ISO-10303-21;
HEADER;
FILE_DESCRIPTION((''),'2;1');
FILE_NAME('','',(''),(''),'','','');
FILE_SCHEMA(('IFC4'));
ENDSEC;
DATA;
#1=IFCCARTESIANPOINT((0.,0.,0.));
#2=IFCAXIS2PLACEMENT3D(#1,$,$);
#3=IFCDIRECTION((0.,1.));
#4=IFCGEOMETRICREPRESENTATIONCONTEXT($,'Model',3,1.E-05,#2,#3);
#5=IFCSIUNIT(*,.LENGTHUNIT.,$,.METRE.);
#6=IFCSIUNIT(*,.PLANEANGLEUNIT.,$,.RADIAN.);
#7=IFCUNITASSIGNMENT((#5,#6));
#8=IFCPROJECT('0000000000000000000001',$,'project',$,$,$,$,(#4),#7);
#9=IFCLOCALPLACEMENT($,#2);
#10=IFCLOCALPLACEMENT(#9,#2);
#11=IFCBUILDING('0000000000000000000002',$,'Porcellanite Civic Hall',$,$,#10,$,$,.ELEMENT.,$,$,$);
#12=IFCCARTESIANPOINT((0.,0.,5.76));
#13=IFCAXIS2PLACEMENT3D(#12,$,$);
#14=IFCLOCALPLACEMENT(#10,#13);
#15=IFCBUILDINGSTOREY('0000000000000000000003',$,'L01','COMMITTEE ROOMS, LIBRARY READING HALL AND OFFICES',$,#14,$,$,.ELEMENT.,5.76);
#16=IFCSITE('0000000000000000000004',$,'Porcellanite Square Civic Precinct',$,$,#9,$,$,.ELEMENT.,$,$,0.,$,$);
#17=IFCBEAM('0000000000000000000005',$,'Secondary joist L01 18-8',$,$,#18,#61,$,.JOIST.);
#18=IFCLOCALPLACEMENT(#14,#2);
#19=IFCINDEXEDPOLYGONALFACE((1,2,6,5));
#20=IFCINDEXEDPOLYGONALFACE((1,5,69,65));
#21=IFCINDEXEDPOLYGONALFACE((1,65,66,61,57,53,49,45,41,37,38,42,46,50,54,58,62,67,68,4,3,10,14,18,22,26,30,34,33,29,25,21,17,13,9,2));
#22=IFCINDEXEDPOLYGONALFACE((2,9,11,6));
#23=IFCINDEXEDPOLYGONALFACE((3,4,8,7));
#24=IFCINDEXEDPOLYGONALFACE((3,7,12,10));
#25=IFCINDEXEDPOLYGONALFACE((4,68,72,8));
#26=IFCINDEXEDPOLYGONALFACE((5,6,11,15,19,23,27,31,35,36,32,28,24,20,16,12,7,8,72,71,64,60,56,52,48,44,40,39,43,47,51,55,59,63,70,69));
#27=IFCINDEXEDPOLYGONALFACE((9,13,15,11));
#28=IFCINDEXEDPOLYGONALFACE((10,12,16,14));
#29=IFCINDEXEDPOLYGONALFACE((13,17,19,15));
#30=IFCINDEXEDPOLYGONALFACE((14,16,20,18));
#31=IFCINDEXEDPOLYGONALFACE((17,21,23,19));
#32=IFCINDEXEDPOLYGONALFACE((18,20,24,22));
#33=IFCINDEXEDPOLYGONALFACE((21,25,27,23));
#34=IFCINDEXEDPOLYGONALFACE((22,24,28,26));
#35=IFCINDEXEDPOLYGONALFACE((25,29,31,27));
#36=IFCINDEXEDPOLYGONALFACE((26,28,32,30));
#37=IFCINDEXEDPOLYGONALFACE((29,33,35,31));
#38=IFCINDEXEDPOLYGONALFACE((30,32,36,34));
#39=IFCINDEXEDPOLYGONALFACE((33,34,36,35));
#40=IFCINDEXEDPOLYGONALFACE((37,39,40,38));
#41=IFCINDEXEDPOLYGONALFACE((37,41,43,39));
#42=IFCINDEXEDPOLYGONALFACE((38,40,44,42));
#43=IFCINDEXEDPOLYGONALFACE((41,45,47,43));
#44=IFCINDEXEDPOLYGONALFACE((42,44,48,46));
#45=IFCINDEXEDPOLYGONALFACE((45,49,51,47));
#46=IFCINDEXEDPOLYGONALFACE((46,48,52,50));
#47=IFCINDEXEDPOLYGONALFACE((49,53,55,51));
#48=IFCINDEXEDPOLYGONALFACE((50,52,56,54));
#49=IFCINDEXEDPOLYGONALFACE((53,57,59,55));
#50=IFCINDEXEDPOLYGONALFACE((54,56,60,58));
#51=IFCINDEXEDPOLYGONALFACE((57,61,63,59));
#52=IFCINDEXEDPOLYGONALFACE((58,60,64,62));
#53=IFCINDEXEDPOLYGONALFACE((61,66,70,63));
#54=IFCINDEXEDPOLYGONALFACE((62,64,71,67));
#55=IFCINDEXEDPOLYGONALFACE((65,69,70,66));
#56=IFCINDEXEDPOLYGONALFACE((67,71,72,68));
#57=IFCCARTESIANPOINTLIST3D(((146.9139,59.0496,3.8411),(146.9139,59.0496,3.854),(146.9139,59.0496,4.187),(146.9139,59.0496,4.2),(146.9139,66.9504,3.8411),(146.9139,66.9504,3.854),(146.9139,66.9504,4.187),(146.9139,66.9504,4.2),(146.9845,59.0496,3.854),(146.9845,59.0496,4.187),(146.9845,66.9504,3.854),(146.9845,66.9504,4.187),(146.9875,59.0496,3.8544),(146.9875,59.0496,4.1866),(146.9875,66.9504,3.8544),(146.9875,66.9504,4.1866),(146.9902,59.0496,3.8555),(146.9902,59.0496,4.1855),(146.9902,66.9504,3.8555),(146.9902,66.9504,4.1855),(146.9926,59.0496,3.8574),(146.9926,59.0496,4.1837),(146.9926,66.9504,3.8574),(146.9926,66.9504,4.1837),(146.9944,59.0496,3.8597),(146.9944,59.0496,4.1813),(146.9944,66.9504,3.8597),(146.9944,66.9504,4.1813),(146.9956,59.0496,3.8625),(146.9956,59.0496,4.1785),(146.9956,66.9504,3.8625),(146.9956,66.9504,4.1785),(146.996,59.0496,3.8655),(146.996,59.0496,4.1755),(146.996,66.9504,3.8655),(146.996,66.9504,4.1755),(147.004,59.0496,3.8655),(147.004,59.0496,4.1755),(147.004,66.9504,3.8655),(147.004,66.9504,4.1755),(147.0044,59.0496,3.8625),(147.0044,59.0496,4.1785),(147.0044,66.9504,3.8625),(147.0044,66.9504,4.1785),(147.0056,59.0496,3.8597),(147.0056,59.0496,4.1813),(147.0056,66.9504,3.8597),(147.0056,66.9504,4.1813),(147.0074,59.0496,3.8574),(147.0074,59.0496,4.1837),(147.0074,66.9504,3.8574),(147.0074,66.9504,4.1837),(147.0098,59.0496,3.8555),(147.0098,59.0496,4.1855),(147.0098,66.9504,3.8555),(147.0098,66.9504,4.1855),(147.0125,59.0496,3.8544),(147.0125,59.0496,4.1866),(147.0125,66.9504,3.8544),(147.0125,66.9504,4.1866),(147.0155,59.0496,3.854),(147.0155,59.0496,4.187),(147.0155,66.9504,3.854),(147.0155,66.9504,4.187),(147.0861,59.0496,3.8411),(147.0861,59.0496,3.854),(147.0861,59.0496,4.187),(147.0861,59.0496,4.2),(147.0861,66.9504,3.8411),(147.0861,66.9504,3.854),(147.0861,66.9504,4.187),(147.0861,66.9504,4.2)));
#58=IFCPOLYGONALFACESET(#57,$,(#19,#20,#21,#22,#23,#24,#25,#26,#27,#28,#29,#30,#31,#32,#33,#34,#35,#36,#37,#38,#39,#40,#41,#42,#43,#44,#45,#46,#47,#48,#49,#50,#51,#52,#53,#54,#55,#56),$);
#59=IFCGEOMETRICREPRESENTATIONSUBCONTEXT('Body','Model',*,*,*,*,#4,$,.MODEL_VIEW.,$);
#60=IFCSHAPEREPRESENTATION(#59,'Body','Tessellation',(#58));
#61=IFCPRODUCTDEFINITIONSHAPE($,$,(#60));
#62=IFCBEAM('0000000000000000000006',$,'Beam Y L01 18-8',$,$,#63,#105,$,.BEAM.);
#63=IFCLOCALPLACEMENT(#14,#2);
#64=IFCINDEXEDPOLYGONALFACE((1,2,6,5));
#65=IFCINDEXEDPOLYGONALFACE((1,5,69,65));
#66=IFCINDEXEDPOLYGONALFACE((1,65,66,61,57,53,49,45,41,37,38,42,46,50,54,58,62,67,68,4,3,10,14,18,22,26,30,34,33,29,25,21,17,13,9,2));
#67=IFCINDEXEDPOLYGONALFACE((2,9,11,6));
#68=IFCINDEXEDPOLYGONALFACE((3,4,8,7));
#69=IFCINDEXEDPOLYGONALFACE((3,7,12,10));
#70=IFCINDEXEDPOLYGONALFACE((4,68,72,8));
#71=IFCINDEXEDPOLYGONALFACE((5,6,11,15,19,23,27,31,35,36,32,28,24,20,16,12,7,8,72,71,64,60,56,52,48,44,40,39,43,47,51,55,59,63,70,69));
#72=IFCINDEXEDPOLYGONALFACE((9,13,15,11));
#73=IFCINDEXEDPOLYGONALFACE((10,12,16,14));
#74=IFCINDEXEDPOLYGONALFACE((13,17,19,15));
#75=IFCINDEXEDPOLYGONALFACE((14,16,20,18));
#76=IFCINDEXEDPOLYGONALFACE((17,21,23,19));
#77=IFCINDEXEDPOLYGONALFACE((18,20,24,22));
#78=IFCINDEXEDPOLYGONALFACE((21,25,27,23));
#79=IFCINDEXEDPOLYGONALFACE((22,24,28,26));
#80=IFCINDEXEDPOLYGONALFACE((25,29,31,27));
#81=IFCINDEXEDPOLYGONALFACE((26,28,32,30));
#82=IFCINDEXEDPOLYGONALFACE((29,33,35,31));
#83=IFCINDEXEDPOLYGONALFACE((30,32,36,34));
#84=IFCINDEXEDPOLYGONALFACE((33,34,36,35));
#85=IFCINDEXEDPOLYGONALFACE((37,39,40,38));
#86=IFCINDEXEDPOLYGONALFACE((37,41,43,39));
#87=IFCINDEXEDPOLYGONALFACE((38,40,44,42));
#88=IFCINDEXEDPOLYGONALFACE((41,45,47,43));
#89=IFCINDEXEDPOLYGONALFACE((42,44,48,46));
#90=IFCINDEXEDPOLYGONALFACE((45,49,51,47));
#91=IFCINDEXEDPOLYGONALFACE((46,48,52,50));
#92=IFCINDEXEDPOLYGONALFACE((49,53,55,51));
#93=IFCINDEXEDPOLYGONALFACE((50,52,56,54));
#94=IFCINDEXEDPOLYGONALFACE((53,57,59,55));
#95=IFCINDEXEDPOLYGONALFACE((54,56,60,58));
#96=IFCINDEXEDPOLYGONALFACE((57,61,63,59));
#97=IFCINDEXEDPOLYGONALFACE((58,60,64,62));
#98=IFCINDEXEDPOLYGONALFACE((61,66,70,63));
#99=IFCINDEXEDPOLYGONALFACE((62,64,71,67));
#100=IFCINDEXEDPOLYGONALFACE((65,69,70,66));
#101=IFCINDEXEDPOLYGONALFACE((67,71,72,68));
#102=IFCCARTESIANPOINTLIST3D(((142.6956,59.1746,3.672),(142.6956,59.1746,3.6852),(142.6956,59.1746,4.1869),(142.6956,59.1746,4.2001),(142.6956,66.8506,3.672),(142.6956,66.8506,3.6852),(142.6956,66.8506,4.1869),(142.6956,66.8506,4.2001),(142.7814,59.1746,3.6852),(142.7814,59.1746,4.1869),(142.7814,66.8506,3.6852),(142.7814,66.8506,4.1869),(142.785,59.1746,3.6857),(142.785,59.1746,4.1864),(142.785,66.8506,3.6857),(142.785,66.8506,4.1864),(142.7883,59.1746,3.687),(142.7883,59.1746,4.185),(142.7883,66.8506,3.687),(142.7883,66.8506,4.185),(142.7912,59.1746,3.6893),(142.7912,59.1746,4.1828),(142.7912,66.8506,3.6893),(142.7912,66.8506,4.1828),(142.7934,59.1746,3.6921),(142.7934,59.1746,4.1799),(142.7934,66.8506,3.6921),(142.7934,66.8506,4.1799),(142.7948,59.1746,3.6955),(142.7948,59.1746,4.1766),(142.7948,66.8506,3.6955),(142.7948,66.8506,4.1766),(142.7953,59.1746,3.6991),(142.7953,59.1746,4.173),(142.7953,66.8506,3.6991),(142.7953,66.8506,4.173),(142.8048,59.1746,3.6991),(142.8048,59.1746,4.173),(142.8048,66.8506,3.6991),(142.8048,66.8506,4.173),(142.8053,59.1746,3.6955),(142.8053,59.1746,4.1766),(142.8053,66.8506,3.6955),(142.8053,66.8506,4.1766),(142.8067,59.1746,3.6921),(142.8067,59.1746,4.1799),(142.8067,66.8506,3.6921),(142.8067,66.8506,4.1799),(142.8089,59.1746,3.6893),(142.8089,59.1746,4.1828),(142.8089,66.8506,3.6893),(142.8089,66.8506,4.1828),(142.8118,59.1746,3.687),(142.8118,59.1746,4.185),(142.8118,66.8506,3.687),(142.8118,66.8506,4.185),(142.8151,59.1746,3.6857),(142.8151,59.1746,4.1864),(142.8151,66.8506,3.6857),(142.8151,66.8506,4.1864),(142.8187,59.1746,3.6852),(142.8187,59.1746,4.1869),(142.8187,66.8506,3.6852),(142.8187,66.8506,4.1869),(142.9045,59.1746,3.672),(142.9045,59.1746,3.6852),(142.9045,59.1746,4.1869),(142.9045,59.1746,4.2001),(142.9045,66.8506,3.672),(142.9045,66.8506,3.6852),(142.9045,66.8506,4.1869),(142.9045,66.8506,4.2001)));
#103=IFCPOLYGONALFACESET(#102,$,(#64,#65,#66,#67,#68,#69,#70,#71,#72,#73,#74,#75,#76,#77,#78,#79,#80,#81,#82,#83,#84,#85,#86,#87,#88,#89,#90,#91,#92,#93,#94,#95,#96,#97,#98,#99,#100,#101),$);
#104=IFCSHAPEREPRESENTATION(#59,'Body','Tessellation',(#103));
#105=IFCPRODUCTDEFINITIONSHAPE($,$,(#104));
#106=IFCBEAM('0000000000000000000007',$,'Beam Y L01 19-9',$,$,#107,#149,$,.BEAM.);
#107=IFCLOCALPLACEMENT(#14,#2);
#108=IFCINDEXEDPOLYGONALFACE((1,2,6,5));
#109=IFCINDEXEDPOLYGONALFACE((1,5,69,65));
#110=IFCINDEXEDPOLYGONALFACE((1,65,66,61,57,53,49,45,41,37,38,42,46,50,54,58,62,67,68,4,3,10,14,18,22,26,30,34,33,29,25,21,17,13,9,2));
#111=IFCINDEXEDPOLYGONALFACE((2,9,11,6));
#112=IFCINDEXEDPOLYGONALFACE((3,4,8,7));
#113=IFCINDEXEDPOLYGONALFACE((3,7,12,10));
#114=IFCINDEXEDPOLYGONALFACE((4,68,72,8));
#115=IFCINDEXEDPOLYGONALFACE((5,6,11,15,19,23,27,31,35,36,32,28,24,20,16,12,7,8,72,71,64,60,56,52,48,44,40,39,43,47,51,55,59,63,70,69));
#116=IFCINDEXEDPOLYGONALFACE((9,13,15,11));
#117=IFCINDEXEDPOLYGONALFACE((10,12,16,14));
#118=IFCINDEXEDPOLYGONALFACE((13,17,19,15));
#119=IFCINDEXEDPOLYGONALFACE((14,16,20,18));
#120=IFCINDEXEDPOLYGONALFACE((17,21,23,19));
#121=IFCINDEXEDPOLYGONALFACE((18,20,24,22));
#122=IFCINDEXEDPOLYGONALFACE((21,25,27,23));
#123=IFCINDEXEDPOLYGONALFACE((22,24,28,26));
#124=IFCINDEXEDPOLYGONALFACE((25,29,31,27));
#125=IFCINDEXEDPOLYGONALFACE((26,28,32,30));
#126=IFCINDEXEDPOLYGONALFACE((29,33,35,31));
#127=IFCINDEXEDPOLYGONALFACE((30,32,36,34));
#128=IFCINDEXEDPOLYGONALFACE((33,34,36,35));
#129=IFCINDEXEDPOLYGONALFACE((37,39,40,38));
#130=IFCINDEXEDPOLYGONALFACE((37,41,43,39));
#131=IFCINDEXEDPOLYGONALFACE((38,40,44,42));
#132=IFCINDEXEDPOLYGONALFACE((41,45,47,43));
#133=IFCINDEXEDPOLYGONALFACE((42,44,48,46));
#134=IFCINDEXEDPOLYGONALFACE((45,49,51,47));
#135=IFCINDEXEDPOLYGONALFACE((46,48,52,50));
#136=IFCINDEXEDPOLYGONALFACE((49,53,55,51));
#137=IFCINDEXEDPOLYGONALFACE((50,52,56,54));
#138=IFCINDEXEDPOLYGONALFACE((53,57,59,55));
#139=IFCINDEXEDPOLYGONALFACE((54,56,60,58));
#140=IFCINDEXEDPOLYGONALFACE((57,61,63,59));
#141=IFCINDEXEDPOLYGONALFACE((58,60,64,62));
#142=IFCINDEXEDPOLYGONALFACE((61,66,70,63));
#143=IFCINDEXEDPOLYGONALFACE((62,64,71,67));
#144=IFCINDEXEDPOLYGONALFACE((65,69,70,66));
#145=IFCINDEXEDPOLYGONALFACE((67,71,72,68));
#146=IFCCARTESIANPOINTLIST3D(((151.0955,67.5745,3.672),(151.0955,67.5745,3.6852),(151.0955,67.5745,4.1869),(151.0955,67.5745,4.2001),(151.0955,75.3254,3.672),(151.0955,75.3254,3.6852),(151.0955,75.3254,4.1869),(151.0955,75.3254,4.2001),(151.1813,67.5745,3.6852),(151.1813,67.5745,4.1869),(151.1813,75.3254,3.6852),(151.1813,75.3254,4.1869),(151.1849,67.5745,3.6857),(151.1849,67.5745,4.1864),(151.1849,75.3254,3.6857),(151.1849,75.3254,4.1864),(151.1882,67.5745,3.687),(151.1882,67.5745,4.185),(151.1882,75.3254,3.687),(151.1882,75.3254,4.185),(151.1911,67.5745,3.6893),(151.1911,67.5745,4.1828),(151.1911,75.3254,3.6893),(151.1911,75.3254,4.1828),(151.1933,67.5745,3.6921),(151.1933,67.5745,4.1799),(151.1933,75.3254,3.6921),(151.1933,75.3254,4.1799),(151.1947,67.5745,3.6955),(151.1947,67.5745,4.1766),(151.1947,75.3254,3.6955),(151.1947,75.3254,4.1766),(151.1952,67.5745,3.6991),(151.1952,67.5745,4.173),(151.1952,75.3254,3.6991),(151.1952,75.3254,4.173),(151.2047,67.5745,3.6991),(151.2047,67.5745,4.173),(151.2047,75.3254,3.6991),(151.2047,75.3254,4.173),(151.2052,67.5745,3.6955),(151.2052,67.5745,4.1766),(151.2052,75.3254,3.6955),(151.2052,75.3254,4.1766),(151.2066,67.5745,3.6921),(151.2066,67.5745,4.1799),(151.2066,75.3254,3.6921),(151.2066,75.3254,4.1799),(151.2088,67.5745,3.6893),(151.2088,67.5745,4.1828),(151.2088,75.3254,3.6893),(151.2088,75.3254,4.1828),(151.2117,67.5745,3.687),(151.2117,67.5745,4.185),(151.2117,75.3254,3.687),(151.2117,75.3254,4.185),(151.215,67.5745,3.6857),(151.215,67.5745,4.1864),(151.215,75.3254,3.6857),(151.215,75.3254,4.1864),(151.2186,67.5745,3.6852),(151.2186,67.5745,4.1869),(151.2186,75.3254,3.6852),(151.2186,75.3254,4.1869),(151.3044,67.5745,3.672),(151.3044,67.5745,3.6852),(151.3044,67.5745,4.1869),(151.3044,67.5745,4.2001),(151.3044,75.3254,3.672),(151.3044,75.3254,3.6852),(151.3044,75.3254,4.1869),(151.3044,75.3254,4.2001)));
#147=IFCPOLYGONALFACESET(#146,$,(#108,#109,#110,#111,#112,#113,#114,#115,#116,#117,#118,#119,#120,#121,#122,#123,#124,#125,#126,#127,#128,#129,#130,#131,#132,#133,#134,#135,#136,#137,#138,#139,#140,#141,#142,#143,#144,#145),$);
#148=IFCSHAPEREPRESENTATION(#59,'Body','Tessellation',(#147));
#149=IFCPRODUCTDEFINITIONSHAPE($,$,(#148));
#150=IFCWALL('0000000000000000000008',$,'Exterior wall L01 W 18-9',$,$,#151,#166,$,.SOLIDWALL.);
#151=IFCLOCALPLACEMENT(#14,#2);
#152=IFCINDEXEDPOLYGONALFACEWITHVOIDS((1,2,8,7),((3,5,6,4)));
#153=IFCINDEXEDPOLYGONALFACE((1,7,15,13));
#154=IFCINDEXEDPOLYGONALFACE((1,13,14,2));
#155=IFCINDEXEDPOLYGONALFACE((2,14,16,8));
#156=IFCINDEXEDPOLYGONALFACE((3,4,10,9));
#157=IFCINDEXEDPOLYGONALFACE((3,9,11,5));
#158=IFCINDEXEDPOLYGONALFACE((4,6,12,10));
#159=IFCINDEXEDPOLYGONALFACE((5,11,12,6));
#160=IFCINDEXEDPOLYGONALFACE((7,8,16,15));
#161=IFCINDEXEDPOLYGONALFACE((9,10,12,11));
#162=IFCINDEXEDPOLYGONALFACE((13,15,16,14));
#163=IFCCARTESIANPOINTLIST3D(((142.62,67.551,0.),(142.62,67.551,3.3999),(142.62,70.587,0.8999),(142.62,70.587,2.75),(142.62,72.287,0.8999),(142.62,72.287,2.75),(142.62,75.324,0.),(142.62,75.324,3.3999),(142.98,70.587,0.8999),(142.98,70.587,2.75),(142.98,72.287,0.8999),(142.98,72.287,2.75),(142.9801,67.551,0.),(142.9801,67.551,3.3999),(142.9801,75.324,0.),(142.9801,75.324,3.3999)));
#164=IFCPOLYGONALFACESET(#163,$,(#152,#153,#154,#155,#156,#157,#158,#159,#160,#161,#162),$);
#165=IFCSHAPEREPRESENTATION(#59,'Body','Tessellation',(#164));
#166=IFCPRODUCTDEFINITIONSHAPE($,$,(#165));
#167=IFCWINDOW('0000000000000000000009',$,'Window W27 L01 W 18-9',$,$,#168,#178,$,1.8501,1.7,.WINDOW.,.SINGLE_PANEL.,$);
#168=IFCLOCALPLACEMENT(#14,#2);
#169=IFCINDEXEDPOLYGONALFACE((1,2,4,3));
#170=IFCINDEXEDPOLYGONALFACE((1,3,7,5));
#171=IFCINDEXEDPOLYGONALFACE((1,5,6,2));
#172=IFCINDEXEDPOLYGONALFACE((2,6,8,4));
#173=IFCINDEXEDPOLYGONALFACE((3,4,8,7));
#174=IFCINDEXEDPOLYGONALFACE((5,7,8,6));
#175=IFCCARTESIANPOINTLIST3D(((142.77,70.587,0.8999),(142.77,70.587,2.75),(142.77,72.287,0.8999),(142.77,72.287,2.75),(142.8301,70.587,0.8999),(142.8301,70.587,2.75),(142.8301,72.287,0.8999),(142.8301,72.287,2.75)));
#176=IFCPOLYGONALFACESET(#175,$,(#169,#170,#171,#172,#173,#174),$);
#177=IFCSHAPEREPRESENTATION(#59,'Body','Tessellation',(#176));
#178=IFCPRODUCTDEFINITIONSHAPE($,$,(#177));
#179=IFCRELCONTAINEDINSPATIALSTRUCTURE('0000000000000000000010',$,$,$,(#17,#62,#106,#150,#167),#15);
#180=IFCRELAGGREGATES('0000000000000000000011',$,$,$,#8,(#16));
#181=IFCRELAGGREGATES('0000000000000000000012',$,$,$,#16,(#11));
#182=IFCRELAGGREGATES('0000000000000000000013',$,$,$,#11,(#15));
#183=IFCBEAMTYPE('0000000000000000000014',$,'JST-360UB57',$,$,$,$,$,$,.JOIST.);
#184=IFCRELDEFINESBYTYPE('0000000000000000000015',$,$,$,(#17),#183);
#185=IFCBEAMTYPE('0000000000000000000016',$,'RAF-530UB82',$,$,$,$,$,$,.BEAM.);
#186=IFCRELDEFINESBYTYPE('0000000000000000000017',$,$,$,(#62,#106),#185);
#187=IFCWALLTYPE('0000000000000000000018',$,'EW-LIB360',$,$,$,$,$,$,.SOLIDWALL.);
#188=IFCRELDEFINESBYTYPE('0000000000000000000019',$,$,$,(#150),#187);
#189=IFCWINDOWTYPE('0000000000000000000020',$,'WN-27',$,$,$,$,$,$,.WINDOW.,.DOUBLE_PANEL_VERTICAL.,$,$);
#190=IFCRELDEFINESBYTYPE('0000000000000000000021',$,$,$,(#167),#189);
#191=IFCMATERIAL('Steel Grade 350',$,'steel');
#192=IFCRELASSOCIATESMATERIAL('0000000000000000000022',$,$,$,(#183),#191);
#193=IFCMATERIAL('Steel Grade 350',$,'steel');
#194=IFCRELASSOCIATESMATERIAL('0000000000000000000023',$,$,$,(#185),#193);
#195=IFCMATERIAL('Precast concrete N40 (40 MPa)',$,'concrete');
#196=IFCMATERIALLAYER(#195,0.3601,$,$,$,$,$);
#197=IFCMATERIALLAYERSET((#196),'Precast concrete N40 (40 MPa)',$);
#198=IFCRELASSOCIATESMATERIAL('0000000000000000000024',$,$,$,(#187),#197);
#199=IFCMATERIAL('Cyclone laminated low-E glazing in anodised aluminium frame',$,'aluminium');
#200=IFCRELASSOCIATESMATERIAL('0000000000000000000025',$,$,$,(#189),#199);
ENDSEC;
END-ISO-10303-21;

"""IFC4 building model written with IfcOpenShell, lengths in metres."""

from ifc_helpers import new_model, si_unit, direction, frame, frame_2d, origin, origin_2d, place, context, subcontext, project, spatial, rectangle, i_section, extrude, material, layer, layer_set, material_profile, profile_set, type_object, element, fill, save


model = new_model("IFC4")

# Units and contexts
model_context = context("Model", 3, precision=1e-05, world=origin(), true_north=direction((0.0, 1.0)))
body_context = subcontext(model_context, "Body", "Model", "MODEL_VIEW")
ifc_project = project(units=[si_unit("LENGTHUNIT", "METRE"), si_unit("PLANEANGLEUNIT", "RADIAN")], contexts=[model_context])

# Site, building, storey
site_placement = place(None, origin())
site = spatial("IfcSite", under=ifc_project, at=site_placement, Name="Porcellanite Square Civic Precinct", CompositionType="ELEMENT", RefElevation=0.0)
building_placement = place(site_placement, origin())
building = spatial("IfcBuilding", under=site, at=building_placement, Name="Porcellanite Civic Hall", CompositionType="ELEMENT")
storey_placement = place(building_placement, frame((0.0, 0.0, 5.76)))
storey = spatial("IfcBuildingStorey", under=building, at=storey_placement, Name="L01", Description="COMMITTEE ROOMS, LIBRARY READING HALL AND OFFICES", CompositionType="ELEMENT", Elevation=5.76)

# Beams
ifc_material_1 = material(Name="Steel Grade 350", Category="steel")
ifc_material_profile_1 = material_profile(ifc_material_1, i_section(OverallWidth=0.1721, OverallDepth=0.3589, WebThickness=0.0081, FlangeThickness=0.0129, FilletRadius=0.0115, at=origin_2d()), Name="360UB56.7")
ifc_profile_set_1 = profile_set([ifc_material_profile_1], Name="Steel Grade 350")
beam_type_1 = type_object("IfcBeamType", Name="JST-360UB57", PredefinedType="JOIST", material=ifc_profile_set_1)
beam_1_placement = place(storey_placement, frame((147.0, 59.0496, 4.0205), z_axis=(0.0, 1.0, 0.0), x_axis=(-1.0, 0.0, 0.0)))
element("IfcBeam", 1, at=beam_1_placement, inside=storey, type_object=beam_type_1, Name="Secondary joist L01 18-8", PredefinedType="JOIST", context=body_context, shape_type="SweptSolid", body=[
    extrude(i_section(OverallWidth=0.1721, OverallDepth=0.3589, WebThickness=0.0081, FlangeThickness=0.0129, FilletRadius=0.0115, at=origin_2d()), origin(), (0.0, 0.0, 1.0), 7.9009),
])
ifc_material_2 = material(Name="Steel Grade 350", Category="steel")
ifc_material_profile_2 = material_profile(ifc_material_2, i_section(OverallWidth=0.209, OverallDepth=0.5281, WebThickness=0.0095, FlangeThickness=0.0132, FilletRadius=0.0139, at=origin_2d()), Name="530UB82.0")
ifc_profile_set_2 = profile_set([ifc_material_profile_2], Name="Steel Grade 350")
beam_type_2 = type_object("IfcBeamType", Name="RAF-530UB82", PredefinedType="BEAM", material=ifc_profile_set_2)
beam_2_placement = place(storey_placement, frame((142.8, 59.1746, 3.936), z_axis=(0.0, 1.0, 0.0), x_axis=(-1.0, 0.0, 0.0)))
element("IfcBeam", 2, at=beam_2_placement, inside=storey, type_object=beam_type_2, Name="Beam Y L01 18-8", PredefinedType="BEAM", context=body_context, shape_type="SweptSolid", body=[
    extrude(i_section(OverallWidth=0.209, OverallDepth=0.5281, WebThickness=0.0095, FlangeThickness=0.0132, FilletRadius=0.0139, at=origin_2d()), origin(), (0.0, 0.0, 1.0), 7.676),
])
beam_3_placement = place(storey_placement, frame((151.2, 67.5745, 3.936), z_axis=(0.0, 1.0, 0.0), x_axis=(-1.0, 0.0, 0.0)))
element("IfcBeam", 3, at=beam_3_placement, inside=storey, type_object=beam_type_2, Name="Beam Y L01 19-9", PredefinedType="BEAM", context=body_context, shape_type="SweptSolid", body=[
    extrude(i_section(OverallWidth=0.209, OverallDepth=0.5281, WebThickness=0.0095, FlangeThickness=0.0132, FilletRadius=0.0139, at=origin_2d()), origin(), (0.0, 0.0, 1.0), 7.751),
])

# Wall, opening, window
ifc_material_3 = material(Name="Precast concrete N40 (40 MPa)", Category="concrete")
ifc_layer_1 = layer(ifc_material_3, 0.3601)
ifc_layer_set_1 = layer_set([ifc_layer_1], Name="Precast concrete N40 (40 MPa)")
wall_type_1 = type_object("IfcWallType", Name="EW-LIB360", PredefinedType="SOLIDWALL", material=ifc_layer_set_1)
wall_1_placement = place(storey_placement, frame((142.8, 67.551, 0.0), z_axis=(0.0, 0.0, 1.0), x_axis=(0.0, 1.0, 0.0)))
wall_1 = element("IfcWall", 4, at=wall_1_placement, inside=storey, type_object=wall_type_1, Name="Exterior wall L01 W 18-9", PredefinedType="SOLIDWALL", context=body_context, shape_type="SweptSolid", body=[
    extrude(rectangle(XDim=7.7729, YDim=0.3601, at=frame_2d((3.8865, 0.0))), origin(), (0.0, 0.0, 1.0), 3.3999),
])
opening_1_placement = place(wall_1_placement, frame((3.0359, 0.0, 0.8999)))
opening_1 = element("IfcOpeningElement", 5, at=opening_1_placement, cuts=wall_1, PredefinedType="OPENING", context=body_context, shape_type="SweptSolid", body=[
    extrude(rectangle(XDim=1.7, YDim=1.8501, at=frame_2d((0.8501, 0.925))), frame((0.0, 0.1802, 0.0), z_axis=(0.0, -1.0, 0.0), x_axis=(1.0, 0.0, 0.0)), (0.0, 0.0, 1.0), 0.3601),
])
ifc_material_4 = material(Name="Cyclone laminated low-E glazing in anodised aluminium frame", Category="aluminium")
window_type = type_object("IfcWindowType", Name="WN-27", PartitioningType="DOUBLE_PANEL_VERTICAL", PredefinedType="WINDOW", material=ifc_material_4)
window_placement = place(opening_1_placement, origin())
window = element("IfcWindow", 6, at=window_placement, inside=storey, type_object=window_type, Name="Window W27 L01 W 18-9", OverallHeight=1.8501, OverallWidth=1.7, PartitioningType="SINGLE_PANEL", PredefinedType="WINDOW", context=body_context, shape_type="SweptSolid", body=[
    extrude(rectangle(XDim=1.7, YDim=1.8501, at=frame_2d((0.8501, 0.925))), frame((0.0, 0.03, 0.0), z_axis=(0.0, -1.0, 0.0), x_axis=(1.0, 0.0, 0.0)), (0.0, 0.0, 1.0), 0.0601),
])
fill(opening_1, window)

save(model, "model.ifc")
